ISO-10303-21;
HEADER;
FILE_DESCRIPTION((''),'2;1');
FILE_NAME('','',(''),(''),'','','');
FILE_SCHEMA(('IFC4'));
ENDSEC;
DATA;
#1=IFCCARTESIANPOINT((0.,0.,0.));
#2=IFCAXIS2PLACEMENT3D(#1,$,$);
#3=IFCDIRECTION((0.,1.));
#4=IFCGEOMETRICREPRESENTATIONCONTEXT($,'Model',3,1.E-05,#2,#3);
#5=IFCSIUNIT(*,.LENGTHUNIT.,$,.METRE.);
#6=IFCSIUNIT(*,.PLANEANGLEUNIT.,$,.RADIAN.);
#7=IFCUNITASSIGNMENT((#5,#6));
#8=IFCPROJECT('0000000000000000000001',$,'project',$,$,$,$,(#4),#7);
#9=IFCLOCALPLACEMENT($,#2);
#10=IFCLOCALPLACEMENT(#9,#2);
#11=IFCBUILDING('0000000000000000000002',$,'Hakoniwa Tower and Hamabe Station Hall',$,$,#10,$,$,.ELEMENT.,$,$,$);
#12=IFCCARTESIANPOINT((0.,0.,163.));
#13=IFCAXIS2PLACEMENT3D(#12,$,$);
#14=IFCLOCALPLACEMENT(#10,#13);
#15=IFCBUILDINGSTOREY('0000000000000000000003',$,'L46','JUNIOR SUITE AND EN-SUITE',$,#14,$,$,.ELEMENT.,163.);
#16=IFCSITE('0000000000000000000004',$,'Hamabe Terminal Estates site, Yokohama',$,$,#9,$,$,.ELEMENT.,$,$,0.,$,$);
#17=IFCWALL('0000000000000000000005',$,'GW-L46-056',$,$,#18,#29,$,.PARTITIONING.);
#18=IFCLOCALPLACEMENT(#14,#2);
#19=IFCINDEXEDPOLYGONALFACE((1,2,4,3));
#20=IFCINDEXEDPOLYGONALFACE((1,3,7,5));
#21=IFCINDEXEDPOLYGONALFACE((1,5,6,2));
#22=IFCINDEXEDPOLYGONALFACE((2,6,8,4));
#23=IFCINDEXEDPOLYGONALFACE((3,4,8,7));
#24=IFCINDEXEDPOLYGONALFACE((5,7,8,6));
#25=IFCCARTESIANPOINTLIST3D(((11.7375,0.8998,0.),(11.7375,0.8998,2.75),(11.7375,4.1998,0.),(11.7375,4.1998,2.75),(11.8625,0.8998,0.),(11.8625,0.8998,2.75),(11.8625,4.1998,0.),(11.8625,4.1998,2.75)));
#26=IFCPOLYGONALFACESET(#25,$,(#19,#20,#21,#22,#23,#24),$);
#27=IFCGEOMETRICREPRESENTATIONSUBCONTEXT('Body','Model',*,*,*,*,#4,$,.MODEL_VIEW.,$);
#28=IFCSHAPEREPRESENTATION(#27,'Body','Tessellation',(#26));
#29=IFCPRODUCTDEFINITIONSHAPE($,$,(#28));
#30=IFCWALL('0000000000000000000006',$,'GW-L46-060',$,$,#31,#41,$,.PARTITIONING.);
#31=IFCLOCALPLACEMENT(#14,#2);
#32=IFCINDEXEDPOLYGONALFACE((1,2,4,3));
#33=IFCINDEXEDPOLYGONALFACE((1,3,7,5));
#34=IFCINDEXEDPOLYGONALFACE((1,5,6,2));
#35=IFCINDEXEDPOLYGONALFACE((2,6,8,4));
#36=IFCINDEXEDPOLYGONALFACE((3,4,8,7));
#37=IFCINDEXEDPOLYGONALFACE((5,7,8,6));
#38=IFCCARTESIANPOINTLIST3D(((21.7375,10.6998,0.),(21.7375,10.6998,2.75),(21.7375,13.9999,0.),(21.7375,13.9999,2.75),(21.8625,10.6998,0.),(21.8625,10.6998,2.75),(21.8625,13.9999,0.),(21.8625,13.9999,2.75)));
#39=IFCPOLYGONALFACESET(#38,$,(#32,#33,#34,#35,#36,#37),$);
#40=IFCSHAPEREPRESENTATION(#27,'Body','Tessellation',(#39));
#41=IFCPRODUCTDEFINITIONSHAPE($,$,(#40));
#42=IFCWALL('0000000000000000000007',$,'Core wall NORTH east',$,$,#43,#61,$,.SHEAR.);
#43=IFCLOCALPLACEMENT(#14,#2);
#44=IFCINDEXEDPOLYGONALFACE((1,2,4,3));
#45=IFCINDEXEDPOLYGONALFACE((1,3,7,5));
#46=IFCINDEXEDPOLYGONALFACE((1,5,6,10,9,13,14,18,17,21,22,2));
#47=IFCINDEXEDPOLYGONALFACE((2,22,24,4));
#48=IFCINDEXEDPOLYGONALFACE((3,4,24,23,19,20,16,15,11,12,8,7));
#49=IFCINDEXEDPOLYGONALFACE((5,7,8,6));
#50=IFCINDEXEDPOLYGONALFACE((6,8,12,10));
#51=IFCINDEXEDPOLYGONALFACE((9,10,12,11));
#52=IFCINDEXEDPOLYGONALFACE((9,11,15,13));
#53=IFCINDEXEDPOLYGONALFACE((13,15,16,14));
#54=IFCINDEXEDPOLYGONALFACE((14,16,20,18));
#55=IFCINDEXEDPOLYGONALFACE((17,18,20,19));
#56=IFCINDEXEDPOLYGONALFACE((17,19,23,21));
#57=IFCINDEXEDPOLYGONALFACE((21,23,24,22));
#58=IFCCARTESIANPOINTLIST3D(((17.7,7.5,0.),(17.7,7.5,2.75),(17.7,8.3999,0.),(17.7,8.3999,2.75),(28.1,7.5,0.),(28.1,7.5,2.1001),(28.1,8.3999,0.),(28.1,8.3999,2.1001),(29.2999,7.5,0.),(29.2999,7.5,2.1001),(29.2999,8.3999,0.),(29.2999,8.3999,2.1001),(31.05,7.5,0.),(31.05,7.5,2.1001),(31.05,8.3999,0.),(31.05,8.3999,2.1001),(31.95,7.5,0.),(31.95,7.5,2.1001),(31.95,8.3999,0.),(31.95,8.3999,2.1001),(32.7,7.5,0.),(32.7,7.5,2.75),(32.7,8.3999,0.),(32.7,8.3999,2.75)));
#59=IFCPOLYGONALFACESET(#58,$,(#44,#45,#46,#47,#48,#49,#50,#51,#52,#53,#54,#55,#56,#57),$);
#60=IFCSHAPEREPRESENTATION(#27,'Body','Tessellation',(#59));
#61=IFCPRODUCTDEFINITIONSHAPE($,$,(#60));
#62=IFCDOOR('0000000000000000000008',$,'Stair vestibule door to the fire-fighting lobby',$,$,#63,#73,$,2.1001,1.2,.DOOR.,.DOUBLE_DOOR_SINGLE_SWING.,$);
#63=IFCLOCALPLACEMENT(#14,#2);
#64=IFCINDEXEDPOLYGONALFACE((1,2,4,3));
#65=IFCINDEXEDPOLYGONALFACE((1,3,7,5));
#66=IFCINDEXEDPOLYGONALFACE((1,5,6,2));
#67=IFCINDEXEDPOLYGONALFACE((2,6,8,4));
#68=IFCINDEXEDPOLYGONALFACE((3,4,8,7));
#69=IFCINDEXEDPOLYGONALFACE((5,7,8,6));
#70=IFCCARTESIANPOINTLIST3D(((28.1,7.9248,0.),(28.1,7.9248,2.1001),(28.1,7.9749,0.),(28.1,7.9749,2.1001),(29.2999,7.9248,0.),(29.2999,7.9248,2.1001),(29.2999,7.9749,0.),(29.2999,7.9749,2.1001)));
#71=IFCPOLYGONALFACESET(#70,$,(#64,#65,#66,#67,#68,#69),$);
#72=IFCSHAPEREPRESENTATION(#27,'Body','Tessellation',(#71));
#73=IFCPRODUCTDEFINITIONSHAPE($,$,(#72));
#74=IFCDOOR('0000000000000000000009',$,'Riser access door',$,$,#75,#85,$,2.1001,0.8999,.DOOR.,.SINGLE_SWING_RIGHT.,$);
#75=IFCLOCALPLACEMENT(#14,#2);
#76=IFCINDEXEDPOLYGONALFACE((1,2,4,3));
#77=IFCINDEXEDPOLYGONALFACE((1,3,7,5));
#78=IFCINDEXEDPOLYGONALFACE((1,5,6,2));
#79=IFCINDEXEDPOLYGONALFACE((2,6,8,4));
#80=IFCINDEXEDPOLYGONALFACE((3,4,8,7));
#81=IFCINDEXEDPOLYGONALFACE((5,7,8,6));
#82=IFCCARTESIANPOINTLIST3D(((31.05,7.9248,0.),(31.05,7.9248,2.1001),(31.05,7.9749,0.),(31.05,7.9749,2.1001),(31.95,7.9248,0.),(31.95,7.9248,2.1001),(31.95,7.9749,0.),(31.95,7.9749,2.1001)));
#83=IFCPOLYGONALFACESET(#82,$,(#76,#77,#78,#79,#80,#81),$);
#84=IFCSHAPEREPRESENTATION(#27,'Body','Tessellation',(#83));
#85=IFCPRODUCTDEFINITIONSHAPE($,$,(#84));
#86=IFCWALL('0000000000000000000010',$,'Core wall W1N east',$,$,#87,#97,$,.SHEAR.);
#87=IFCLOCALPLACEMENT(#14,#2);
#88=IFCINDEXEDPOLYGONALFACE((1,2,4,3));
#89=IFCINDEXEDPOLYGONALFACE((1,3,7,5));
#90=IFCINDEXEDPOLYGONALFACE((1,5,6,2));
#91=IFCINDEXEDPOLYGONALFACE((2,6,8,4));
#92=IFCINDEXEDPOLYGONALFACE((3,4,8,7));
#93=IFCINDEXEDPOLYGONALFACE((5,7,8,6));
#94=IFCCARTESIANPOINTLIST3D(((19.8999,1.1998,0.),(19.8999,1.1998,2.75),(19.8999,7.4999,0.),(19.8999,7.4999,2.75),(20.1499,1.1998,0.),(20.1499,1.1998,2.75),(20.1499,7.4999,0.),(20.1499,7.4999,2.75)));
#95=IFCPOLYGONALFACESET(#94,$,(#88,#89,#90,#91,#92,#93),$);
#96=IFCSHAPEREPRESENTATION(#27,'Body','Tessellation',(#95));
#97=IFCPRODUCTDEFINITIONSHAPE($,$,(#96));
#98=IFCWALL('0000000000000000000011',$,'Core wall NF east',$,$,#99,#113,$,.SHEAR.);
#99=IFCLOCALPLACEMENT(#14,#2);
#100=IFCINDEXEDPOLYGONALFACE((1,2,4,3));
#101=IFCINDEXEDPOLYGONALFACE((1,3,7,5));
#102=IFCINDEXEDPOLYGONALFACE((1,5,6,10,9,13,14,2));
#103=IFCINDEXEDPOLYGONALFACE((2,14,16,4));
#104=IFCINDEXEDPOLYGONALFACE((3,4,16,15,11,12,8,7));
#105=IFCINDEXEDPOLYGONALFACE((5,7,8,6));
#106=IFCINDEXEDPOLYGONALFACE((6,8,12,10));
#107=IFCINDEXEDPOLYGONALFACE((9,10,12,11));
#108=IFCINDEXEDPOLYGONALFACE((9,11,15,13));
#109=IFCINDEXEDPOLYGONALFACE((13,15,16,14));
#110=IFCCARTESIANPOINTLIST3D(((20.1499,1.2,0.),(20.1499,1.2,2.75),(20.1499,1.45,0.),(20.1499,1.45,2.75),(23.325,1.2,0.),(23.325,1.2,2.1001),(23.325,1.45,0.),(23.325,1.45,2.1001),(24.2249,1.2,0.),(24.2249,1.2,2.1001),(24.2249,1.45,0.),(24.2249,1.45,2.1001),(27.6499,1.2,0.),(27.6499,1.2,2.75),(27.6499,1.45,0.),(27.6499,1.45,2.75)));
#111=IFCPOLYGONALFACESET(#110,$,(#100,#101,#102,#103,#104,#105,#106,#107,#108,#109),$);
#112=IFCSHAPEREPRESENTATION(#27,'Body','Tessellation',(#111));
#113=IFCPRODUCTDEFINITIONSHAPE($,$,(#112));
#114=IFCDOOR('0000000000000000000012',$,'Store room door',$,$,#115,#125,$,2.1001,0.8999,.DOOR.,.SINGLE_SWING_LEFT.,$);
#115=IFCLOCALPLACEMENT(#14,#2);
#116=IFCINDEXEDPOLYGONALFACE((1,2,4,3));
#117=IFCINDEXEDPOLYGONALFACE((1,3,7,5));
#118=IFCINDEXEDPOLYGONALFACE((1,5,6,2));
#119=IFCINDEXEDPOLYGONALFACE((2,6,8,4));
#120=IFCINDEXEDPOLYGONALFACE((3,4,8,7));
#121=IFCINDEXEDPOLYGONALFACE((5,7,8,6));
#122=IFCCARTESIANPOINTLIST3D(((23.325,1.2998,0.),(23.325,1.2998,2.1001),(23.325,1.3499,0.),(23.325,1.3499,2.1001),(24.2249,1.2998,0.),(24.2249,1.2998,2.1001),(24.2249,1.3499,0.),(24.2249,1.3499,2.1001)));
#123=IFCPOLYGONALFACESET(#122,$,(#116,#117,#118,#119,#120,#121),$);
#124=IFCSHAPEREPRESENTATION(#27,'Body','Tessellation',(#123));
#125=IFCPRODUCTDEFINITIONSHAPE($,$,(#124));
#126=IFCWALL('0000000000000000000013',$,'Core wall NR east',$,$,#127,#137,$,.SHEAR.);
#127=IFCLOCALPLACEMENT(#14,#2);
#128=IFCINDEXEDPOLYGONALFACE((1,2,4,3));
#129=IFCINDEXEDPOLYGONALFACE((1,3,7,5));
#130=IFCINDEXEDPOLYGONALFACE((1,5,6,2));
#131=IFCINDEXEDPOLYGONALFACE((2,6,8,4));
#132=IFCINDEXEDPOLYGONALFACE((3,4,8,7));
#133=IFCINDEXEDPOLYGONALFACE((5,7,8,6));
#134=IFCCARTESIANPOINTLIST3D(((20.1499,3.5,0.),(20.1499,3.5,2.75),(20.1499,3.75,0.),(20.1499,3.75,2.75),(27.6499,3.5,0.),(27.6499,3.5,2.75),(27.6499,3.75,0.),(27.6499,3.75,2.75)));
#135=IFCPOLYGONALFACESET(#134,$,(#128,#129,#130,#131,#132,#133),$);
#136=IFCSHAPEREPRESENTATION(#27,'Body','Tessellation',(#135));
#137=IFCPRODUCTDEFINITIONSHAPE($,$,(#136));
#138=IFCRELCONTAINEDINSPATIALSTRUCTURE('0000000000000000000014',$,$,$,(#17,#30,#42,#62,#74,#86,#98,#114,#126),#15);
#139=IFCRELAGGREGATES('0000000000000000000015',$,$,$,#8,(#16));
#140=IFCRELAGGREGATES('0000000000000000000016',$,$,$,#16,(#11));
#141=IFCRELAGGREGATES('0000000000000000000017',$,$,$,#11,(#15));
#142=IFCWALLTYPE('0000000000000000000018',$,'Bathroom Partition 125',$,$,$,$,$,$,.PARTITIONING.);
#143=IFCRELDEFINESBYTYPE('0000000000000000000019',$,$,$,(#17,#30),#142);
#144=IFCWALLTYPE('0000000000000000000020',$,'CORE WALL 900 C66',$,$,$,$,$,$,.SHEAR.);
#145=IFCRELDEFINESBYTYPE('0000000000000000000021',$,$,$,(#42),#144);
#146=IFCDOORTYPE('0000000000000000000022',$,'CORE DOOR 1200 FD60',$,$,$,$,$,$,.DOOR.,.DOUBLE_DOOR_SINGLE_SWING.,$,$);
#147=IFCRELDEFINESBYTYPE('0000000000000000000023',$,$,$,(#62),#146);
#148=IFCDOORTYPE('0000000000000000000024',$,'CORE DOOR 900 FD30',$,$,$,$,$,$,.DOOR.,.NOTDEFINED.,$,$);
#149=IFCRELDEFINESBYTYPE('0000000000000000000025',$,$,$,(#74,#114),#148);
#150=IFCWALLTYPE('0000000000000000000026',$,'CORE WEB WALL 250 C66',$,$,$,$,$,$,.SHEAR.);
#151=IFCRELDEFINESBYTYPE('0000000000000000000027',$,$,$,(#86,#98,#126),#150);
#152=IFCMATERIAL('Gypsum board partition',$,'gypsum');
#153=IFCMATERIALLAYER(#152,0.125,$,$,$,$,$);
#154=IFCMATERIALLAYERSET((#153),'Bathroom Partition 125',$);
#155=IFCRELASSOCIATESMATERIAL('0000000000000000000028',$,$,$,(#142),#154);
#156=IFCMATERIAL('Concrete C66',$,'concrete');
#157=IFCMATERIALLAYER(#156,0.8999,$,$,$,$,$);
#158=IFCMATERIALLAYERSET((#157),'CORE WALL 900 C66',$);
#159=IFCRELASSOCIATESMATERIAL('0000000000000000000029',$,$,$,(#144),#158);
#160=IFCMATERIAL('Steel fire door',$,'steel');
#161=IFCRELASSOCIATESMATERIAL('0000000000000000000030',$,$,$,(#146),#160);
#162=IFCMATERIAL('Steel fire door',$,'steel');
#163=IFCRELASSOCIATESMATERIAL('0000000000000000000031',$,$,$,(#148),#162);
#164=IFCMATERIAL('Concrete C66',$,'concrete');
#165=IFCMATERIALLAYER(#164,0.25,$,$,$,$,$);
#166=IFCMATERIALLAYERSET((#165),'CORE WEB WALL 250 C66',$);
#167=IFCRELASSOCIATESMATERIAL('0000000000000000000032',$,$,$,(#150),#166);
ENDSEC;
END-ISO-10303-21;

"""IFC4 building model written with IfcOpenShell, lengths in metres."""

from ifc_helpers import new_model, si_unit, direction, frame, frame_2d, origin, place, context, subcontext, project, spatial, rectangle, extrude, material, layer, layer_set, type_object, element, fill, save


model = new_model("IFC4")

# Units and contexts
model_context = context("Model", 3, precision=1e-05, world=origin(), true_north=direction((0.0, 1.0)))
body_context = subcontext(model_context, "Body", "Model", "MODEL_VIEW")
ifc_project = project(units=[si_unit("LENGTHUNIT", "METRE"), si_unit("PLANEANGLEUNIT", "RADIAN")], contexts=[model_context])

# Site, building, storey
site_placement = place(None, origin())
site = spatial("IfcSite", under=ifc_project, at=site_placement, Name="Hamabe Terminal Estates site, Yokohama", CompositionType="ELEMENT", RefElevation=0.0)
building_placement = place(site_placement, origin())
building = spatial("IfcBuilding", under=site, at=building_placement, Name="Hakoniwa Tower and Hamabe Station Hall", CompositionType="ELEMENT")
storey_placement = place(building_placement, frame((0.0, 0.0, 163.0)))
storey = spatial("IfcBuildingStorey", under=building, at=storey_placement, Name="L46", Description="JUNIOR SUITE AND EN-SUITE", CompositionType="ELEMENT", Elevation=163.0)

# Shared definitions
ifc_material_1 = material(Name="Gypsum board partition", Category="gypsum")
ifc_layer_1 = layer(ifc_material_1, 0.125)
ifc_layer_set_1 = layer_set([ifc_layer_1], Name="Bathroom Partition 125")
wall_type_1 = type_object("IfcWallType", Name="Bathroom Partition 125", PredefinedType="PARTITIONING", material=ifc_layer_set_1)

# Walls
for number, where, z_axis, x_axis, name in (
    (1, (11.8, 0.8999, 0.0), (0.0, 0.0, 1.0), (0.0, 1.0, 0.0), "GW-L46-056"),
    (2, (21.8, 10.7, 0.0), (0.0, 0.0, 1.0), (0.0, 1.0, 0.0), "GW-L46-060"),
):
    element("IfcWall", number, at=place(storey_placement, frame(where, z_axis=z_axis, x_axis=x_axis)), inside=storey, type_object=wall_type_1, Name=name, PredefinedType="PARTITIONING", context=body_context, shape_type="SweptSolid", body=[
        extrude(rectangle(XDim=3.3, YDim=0.125, at=frame_2d((1.6499, 0.0))), origin(), (0.0, 0.0, 1.0), 2.75),
    ])

# Wall, openings, doors
ifc_material_2 = material(Name="Concrete C66", Category="concrete")
ifc_layer_2 = layer(ifc_material_2, 0.8999)
ifc_layer_set_2 = layer_set([ifc_layer_2], Name="CORE WALL 900 C66")
wall_type_2 = type_object("IfcWallType", Name="CORE WALL 900 C66", PredefinedType="SHEAR", material=ifc_layer_set_2)
wall_1_placement = place(storey_placement, frame((17.7, 7.95, 0.0), z_axis=(0.0, 0.0, 1.0), x_axis=(1.0, 0.0, 0.0)))
wall_1 = element("IfcWall", 3, at=wall_1_placement, inside=storey, type_object=wall_type_2, Name="Core wall NORTH east", PredefinedType="SHEAR", context=body_context, shape_type="SweptSolid", body=[
    extrude(rectangle(XDim=15.0, YDim=0.8999, at=frame_2d((7.5, 0.0))), origin(), (0.0, 0.0, 1.0), 2.75),
])
opening_1_placement = place(wall_1_placement, frame((10.3999, 0.0, 0.0)))
opening_1 = element("IfcOpeningElement", 4, at=opening_1_placement, cuts=wall_1, PredefinedType="OPENING", context=body_context, shape_type="SweptSolid", body=[
    extrude(rectangle(XDim=1.2, YDim=2.1001, at=frame_2d((0.6001, 1.05))), frame((0.0, 0.46, 0.0), z_axis=(0.0, -1.0, 0.0), x_axis=(1.0, 0.0, 0.0)), (0.0, 0.0, 1.0), 0.9199),
])
opening_2_placement = place(wall_1_placement, frame((13.3501, 0.0, 0.0)))
opening_2 = element("IfcOpeningElement", 5, at=opening_2_placement, cuts=wall_1, PredefinedType="OPENING", context=body_context, shape_type="SweptSolid", body=[
    extrude(rectangle(XDim=0.8999, YDim=2.1001, at=frame_2d((0.45, 1.05))), frame((0.0, 0.46, 0.0), z_axis=(0.0, -1.0, 0.0), x_axis=(1.0, 0.0, 0.0)), (0.0, 0.0, 1.0), 0.9199),
])
ifc_material_3 = material(Name="Steel fire door", Category="steel")
door_type_1 = type_object("IfcDoorType", Name="CORE DOOR 1200 FD60", OperationType="DOUBLE_DOOR_SINGLE_SWING", PredefinedType="DOOR", material=ifc_material_3)
door_1_placement = place(opening_1_placement, origin())
door_1 = element("IfcDoor", 6, at=door_1_placement, inside=storey, type_object=door_type_1, Name="Stair vestibule door to the fire-fighting lobby", OperationType="DOUBLE_DOOR_SINGLE_SWING", OverallHeight=2.1001, OverallWidth=1.2, PredefinedType="DOOR", context=body_context, shape_type="SweptSolid", body=[
    extrude(rectangle(XDim=1.2, YDim=2.1001, at=frame_2d((0.6001, 1.05))), frame((0.0, 0.0249, 0.0), z_axis=(0.0, -1.0, 0.0), x_axis=(1.0, 0.0, 0.0)), (0.0, 0.0, 1.0), 0.05),
])
fill(opening_1, door_1)
ifc_material_4 = material(Name="Steel fire door", Category="steel")
door_type_2 = type_object("IfcDoorType", Name="CORE DOOR 900 FD30", OperationType="NOTDEFINED", PredefinedType="DOOR", material=ifc_material_4)
door_2_placement = place(opening_2_placement, origin())
door_2 = element("IfcDoor", 7, at=door_2_placement, inside=storey, type_object=door_type_2, Name="Riser access door", OperationType="SINGLE_SWING_RIGHT", OverallHeight=2.1001, OverallWidth=0.8999, PredefinedType="DOOR", context=body_context, shape_type="SweptSolid", body=[
    extrude(rectangle(XDim=0.8999, YDim=2.1001, at=frame_2d((0.45, 1.05))), frame((0.0, 0.0249, 0.0), z_axis=(0.0, -1.0, 0.0), x_axis=(1.0, 0.0, 0.0)), (0.0, 0.0, 1.0), 0.05),
])
fill(opening_2, door_2)

# Wall
ifc_material_5 = material(Name="Concrete C66", Category="concrete")
ifc_layer_3 = layer(ifc_material_5, 0.25)
ifc_layer_set_3 = layer_set([ifc_layer_3], Name="CORE WEB WALL 250 C66")
wall_type_3 = type_object("IfcWallType", Name="CORE WEB WALL 250 C66", PredefinedType="SHEAR", material=ifc_layer_set_3)
wall_2_placement = place(storey_placement, frame((20.0249, 1.2, 0.0), z_axis=(0.0, 0.0, 1.0), x_axis=(0.0, 1.0, 0.0)))
element("IfcWall", 8, at=wall_2_placement, inside=storey, type_object=wall_type_3, Name="Core wall W1N east", PredefinedType="SHEAR", context=body_context, shape_type="SweptSolid", body=[
    extrude(rectangle(XDim=6.3, YDim=0.25, at=frame_2d((3.1499, 0.0))), origin(), (0.0, 0.0, 1.0), 2.75),
])

# Wall, opening, door
wall_3_placement = place(storey_placement, frame((20.1499, 1.325, 0.0), z_axis=(0.0, 0.0, 1.0), x_axis=(1.0, 0.0, 0.0)))
wall_3 = element("IfcWall", 9, at=wall_3_placement, inside=storey, type_object=wall_type_3, Name="Core wall NF east", PredefinedType="SHEAR", context=body_context, shape_type="SweptSolid", body=[
    extrude(rectangle(XDim=7.5, YDim=0.25, at=frame_2d((3.75, 0.0))), origin(), (0.0, 0.0, 1.0), 2.75),
])
opening_3_placement = place(wall_3_placement, frame((3.175, 0.0, 0.0)))
opening_3 = element("IfcOpeningElement", 10, at=opening_3_placement, cuts=wall_3, PredefinedType="OPENING", context=body_context, shape_type="SweptSolid", body=[
    extrude(rectangle(XDim=0.8999, YDim=2.1001, at=frame_2d((0.45, 1.05))), frame((0.0, 0.135, 0.0), z_axis=(0.0, -1.0, 0.0), x_axis=(1.0, 0.0, 0.0)), (0.0, 0.0, 1.0), 0.27),
])
door_3_placement = place(opening_3_placement, origin())
door_3 = element("IfcDoor", 11, at=door_3_placement, inside=storey, type_object=door_type_2, Name="Store room door", OperationType="SINGLE_SWING_LEFT", OverallHeight=2.1001, OverallWidth=0.8999, PredefinedType="DOOR", context=body_context, shape_type="SweptSolid", body=[
    extrude(rectangle(XDim=0.8999, YDim=2.1001, at=frame_2d((0.45, 1.05))), frame((0.0, 0.0249, 0.0), z_axis=(0.0, -1.0, 0.0), x_axis=(1.0, 0.0, 0.0)), (0.0, 0.0, 1.0), 0.05),
])
fill(opening_3, door_3)

# Wall
wall_4_placement = place(storey_placement, frame((20.1499, 3.625, 0.0), z_axis=(0.0, 0.0, 1.0), x_axis=(1.0, 0.0, 0.0)))
element("IfcWall", 12, at=wall_4_placement, inside=storey, type_object=wall_type_3, Name="Core wall NR east", PredefinedType="SHEAR", context=body_context, shape_type="SweptSolid", body=[
    extrude(rectangle(XDim=7.5, YDim=0.25, at=frame_2d((3.75, 0.0))), origin(), (0.0, 0.0, 1.0), 2.75),
])

save(model, "model.ifc")
